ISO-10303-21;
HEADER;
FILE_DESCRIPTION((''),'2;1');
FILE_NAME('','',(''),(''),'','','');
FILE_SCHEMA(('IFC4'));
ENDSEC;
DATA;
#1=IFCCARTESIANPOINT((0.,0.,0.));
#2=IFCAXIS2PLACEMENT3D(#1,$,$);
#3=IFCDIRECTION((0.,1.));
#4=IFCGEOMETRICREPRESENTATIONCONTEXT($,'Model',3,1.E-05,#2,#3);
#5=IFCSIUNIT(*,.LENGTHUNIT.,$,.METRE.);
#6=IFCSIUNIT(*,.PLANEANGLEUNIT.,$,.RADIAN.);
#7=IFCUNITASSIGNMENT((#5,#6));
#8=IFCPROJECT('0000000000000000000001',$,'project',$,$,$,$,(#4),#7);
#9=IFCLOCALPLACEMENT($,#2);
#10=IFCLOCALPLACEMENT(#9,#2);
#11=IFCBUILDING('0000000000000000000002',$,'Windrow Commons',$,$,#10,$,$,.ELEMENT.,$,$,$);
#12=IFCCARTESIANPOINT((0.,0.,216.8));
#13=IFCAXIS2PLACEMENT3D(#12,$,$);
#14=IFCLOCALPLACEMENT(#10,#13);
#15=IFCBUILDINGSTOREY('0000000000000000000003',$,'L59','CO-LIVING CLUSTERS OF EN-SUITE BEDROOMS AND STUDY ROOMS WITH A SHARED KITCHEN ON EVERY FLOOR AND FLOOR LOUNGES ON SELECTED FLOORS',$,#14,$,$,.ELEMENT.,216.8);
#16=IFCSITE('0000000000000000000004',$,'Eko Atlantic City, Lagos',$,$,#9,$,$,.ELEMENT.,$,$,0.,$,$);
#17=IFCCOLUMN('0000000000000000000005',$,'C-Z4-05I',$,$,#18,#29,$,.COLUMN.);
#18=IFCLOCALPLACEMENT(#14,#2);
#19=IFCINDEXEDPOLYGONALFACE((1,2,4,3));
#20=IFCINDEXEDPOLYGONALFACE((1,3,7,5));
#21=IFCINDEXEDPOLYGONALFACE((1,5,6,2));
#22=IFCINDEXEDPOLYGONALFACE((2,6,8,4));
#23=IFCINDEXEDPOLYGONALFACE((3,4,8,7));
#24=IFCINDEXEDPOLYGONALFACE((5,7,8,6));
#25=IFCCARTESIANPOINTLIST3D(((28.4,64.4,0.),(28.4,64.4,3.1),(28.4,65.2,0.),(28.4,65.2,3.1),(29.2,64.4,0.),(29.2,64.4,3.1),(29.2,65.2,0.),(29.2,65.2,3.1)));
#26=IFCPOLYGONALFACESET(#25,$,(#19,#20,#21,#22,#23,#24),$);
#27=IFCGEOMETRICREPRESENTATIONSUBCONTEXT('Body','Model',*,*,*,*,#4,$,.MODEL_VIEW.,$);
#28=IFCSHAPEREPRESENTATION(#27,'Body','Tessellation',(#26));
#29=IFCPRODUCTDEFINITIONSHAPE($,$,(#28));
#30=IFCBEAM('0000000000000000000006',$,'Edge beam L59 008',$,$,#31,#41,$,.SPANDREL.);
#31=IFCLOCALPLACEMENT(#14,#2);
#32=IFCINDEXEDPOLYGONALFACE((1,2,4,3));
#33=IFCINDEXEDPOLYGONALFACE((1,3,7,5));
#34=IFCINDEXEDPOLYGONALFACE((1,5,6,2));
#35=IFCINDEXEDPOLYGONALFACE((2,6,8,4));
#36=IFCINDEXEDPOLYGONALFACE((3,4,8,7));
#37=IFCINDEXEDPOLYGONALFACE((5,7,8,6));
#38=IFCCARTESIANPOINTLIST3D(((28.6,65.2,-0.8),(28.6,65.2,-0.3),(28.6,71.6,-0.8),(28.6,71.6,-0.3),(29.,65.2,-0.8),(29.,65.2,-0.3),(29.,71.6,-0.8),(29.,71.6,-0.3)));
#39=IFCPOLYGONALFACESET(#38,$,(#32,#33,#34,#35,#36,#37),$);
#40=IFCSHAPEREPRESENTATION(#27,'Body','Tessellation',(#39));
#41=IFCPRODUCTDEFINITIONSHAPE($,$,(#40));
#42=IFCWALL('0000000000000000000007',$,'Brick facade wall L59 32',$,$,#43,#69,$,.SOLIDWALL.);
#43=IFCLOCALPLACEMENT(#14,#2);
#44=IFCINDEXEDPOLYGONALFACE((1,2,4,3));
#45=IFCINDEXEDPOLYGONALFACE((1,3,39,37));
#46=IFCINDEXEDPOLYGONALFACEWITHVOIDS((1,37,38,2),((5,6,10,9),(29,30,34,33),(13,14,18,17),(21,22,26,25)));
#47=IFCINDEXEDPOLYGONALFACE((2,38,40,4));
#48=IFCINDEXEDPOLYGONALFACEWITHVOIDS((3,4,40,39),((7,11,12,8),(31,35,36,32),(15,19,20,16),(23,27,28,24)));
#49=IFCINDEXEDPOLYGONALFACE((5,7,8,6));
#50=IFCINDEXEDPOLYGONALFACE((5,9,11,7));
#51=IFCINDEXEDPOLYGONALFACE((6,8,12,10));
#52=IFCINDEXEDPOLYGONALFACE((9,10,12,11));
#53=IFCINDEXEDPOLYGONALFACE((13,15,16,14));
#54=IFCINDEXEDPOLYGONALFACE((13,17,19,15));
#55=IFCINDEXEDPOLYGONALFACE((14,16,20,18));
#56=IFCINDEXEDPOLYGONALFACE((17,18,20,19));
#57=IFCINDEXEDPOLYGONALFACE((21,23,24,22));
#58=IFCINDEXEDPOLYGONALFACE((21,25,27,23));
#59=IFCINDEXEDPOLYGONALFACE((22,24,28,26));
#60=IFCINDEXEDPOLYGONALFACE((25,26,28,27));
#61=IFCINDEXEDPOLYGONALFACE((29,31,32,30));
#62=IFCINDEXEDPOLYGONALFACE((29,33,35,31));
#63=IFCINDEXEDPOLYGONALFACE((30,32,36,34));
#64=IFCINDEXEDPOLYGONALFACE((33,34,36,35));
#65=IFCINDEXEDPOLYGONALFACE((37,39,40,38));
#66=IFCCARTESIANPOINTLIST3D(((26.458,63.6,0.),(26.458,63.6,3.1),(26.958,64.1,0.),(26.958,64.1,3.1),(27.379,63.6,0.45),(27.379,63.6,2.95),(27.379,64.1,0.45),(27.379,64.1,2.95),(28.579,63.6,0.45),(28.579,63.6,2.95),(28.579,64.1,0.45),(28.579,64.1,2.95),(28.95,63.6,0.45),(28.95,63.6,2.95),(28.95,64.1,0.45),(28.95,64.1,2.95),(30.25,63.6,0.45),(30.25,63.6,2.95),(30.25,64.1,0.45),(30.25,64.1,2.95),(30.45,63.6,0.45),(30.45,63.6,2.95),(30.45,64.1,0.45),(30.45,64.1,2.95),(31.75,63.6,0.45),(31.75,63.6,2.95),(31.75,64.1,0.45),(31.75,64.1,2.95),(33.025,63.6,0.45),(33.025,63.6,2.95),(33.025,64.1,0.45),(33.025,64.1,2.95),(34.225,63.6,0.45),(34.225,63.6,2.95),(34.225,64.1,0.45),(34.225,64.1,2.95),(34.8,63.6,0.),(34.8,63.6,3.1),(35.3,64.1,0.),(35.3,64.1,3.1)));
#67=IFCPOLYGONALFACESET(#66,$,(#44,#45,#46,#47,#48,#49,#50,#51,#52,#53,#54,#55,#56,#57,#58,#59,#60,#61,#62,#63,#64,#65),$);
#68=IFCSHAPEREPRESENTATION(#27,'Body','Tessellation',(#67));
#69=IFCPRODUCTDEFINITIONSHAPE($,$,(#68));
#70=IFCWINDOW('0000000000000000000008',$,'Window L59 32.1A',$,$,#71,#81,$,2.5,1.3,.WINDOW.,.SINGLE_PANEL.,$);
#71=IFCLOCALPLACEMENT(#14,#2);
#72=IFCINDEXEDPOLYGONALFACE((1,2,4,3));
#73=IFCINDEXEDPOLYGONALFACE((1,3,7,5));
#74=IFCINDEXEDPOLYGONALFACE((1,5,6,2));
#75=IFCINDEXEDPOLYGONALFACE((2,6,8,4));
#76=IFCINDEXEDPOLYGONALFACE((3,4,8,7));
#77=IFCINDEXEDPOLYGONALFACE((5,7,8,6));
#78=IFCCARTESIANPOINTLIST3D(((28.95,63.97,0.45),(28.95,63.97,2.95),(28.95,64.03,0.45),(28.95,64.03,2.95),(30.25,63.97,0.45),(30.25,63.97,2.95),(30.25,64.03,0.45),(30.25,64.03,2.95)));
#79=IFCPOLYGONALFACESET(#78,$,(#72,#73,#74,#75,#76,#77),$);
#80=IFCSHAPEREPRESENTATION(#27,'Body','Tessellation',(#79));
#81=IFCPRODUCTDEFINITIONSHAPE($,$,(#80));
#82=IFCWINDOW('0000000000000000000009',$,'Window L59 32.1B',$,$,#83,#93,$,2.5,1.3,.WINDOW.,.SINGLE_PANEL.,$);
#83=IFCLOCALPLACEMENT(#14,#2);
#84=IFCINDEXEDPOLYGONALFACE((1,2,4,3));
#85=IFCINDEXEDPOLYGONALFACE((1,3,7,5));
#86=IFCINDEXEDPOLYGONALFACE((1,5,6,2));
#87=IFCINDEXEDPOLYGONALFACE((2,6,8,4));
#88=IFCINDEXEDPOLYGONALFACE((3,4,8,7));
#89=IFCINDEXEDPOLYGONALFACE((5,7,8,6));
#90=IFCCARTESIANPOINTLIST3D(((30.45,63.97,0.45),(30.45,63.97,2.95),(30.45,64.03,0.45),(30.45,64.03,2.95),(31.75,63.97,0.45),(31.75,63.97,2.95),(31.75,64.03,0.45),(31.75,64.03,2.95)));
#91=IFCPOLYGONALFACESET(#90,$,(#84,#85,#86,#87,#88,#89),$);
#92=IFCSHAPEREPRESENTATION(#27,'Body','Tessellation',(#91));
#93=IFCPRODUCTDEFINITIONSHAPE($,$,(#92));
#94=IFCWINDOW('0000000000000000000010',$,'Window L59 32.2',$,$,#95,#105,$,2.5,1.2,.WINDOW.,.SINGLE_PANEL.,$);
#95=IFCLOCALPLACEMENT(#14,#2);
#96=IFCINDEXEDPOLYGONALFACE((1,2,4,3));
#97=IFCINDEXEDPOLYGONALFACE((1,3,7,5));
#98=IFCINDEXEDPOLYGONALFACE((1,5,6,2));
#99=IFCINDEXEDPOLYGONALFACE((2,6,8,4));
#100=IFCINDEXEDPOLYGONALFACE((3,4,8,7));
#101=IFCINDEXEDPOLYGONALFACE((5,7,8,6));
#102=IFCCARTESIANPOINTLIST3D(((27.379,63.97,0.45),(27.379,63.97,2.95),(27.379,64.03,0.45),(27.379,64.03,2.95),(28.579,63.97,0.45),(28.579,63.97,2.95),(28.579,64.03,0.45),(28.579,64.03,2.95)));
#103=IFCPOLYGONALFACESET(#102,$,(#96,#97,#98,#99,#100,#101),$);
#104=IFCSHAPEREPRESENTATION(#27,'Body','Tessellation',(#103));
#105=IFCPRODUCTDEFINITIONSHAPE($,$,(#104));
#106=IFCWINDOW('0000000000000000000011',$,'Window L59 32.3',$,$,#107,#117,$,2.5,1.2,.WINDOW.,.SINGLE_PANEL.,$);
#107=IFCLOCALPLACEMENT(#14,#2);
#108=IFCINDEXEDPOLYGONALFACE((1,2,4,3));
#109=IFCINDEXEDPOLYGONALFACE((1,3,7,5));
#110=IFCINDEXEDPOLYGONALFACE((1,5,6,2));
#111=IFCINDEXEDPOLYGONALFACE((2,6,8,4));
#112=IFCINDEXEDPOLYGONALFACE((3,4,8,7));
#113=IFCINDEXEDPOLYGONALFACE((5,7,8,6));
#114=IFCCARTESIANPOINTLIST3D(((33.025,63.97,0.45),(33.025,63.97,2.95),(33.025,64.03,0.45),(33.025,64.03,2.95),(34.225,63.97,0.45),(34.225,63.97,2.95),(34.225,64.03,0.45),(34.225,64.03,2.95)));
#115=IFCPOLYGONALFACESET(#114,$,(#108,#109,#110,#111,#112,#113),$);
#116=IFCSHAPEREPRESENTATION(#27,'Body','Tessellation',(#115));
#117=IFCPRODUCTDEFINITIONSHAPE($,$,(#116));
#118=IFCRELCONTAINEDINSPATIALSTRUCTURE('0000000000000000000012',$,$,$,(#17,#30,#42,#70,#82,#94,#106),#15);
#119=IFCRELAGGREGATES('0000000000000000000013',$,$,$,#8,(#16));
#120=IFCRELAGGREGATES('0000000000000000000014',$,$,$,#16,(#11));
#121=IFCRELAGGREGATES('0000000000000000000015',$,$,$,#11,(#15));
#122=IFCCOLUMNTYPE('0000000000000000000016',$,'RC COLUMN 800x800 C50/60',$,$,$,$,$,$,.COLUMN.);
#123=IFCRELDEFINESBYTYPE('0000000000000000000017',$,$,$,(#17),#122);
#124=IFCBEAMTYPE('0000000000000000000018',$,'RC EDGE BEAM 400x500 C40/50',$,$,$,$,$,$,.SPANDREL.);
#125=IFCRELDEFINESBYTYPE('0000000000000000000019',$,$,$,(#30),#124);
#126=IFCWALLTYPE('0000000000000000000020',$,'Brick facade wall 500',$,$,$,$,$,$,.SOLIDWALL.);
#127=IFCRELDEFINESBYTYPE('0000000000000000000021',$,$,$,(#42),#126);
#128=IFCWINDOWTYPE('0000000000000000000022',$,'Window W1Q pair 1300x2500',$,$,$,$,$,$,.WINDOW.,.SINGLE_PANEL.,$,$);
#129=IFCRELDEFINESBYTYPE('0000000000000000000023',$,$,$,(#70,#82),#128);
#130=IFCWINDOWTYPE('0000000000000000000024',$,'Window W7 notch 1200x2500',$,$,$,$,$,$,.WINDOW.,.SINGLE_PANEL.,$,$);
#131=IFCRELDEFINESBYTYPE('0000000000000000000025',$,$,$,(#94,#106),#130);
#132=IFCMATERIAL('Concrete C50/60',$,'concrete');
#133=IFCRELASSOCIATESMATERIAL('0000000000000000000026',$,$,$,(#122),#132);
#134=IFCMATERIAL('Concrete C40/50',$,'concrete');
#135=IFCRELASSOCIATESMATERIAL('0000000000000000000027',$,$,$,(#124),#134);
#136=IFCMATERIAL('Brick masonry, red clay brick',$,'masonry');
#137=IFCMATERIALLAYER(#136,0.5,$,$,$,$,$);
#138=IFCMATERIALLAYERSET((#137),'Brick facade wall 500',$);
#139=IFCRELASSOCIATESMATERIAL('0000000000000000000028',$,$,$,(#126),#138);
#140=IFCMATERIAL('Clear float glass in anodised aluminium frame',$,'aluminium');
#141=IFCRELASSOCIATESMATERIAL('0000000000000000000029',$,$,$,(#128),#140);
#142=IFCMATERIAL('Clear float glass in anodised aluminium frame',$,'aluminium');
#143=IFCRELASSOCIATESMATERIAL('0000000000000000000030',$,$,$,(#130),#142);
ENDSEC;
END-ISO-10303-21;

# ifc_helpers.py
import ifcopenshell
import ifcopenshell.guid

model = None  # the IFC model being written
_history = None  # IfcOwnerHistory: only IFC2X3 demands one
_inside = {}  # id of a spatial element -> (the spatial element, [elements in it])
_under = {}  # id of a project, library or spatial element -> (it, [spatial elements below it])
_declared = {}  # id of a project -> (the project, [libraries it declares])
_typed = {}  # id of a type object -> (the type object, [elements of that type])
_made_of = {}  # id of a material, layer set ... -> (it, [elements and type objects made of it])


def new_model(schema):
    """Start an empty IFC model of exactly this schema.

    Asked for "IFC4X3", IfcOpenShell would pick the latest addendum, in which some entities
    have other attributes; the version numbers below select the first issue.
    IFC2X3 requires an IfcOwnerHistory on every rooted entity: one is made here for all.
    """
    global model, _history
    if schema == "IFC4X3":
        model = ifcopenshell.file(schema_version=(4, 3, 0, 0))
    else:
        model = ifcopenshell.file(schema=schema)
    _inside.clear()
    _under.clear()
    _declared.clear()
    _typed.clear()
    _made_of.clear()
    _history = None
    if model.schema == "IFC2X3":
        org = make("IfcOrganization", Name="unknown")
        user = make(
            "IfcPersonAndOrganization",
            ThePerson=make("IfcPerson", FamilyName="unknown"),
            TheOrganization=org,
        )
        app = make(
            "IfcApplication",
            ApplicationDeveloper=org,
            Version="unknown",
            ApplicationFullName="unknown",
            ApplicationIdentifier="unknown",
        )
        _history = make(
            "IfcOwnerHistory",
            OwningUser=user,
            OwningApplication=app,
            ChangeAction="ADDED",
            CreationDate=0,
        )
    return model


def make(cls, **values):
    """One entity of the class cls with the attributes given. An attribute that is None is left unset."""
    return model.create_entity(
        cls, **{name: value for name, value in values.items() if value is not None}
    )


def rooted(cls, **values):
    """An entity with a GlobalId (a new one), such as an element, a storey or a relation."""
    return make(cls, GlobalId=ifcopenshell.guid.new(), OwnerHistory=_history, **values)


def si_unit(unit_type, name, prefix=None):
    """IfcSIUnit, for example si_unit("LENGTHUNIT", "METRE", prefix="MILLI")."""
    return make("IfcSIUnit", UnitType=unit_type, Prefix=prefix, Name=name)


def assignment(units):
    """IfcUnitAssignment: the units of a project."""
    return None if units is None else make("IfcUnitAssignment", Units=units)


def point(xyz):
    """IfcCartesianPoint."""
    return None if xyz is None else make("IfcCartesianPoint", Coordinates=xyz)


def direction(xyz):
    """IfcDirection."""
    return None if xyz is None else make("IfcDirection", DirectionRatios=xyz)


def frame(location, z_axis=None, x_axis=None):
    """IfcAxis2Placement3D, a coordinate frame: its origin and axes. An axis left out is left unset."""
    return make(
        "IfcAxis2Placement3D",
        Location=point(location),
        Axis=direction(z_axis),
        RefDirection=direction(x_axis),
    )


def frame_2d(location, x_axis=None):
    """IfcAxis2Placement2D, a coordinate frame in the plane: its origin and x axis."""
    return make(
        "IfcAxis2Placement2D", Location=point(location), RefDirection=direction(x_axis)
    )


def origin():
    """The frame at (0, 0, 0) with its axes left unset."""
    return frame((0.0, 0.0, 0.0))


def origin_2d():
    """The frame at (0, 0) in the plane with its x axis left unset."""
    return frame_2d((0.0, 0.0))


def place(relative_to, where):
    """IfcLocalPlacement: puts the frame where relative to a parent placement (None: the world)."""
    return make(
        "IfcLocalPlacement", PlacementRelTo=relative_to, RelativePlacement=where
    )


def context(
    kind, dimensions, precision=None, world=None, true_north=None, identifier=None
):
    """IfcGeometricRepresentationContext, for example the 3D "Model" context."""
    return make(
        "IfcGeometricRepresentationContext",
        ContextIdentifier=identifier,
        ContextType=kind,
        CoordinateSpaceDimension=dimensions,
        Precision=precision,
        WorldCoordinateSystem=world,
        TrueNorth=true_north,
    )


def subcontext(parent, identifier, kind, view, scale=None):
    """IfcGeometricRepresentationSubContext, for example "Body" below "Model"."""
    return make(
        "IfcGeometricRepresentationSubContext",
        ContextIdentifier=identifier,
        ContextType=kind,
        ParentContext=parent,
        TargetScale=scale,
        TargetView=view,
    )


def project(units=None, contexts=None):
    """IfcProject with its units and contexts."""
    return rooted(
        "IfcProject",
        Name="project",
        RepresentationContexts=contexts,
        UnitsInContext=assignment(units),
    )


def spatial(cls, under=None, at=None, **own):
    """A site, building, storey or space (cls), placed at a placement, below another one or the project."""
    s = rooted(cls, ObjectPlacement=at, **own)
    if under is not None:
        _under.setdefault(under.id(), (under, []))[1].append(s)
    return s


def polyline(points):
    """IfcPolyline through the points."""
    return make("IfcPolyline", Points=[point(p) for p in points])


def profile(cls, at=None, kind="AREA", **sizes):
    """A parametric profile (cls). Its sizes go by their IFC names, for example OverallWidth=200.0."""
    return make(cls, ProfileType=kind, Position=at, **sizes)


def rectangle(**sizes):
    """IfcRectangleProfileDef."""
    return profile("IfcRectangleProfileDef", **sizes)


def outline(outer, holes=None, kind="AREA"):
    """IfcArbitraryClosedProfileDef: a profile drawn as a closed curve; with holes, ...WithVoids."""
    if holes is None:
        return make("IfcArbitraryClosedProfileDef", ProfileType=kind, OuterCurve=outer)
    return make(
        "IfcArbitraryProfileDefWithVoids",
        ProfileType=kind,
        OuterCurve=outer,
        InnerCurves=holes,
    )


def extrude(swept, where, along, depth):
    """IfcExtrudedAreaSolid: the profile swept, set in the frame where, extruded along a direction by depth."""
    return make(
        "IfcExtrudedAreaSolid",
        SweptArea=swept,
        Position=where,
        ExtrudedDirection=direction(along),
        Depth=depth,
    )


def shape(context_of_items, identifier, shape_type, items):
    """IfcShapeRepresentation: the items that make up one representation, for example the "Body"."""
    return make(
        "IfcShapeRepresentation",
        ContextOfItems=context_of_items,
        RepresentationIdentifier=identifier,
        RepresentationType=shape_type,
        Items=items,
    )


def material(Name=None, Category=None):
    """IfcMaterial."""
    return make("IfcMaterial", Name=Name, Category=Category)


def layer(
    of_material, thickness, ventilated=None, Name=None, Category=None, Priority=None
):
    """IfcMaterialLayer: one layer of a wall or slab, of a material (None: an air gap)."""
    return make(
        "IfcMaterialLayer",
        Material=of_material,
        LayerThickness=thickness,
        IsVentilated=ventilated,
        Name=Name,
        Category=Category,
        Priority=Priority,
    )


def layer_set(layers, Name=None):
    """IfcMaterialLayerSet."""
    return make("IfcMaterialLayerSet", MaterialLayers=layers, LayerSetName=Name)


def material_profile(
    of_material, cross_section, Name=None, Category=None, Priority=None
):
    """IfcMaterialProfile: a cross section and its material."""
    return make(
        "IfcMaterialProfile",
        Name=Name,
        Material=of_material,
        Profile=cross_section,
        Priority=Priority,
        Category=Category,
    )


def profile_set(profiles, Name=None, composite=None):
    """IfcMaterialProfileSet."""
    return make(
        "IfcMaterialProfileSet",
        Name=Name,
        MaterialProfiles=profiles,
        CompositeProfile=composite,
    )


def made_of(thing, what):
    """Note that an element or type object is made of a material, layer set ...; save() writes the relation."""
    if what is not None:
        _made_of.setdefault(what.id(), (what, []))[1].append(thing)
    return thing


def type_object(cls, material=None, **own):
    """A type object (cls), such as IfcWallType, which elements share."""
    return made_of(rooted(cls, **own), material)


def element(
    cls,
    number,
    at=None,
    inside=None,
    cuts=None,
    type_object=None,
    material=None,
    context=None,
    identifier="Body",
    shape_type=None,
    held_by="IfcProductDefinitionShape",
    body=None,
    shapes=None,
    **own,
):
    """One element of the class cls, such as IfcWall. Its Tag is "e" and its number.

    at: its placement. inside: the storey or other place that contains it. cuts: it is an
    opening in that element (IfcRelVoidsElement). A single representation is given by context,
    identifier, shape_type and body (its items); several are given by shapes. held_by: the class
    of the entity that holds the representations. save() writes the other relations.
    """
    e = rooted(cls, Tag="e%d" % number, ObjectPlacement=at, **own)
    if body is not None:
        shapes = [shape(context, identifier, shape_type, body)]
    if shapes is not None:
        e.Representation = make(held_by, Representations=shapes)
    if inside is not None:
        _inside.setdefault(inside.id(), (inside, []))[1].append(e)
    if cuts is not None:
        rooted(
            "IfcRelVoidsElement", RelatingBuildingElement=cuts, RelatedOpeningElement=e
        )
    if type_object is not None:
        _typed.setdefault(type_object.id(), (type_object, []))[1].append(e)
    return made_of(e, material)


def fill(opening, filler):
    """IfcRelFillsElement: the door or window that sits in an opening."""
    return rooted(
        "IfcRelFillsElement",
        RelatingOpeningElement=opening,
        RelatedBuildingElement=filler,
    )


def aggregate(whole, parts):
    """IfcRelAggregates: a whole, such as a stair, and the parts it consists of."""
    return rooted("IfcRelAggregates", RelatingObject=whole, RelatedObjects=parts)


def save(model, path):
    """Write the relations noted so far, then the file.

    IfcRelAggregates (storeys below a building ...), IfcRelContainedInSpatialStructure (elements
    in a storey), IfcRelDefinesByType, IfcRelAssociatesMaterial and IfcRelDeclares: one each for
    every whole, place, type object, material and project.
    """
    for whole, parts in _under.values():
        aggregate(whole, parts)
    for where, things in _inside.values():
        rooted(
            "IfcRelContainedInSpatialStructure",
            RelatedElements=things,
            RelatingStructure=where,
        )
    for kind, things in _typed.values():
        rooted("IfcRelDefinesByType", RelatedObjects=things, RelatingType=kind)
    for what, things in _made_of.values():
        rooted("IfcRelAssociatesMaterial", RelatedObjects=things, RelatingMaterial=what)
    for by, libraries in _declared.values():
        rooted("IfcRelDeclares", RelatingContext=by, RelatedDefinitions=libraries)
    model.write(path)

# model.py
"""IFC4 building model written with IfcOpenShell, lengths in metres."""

from ifc_helpers import new_model, si_unit, direction, frame, frame_2d, origin, origin_2d, place, context, subcontext, project, spatial, polyline, rectangle, outline, extrude, material, layer, layer_set, material_profile, profile_set, type_object, element, fill, save


model = new_model("IFC4")

# Units and contexts
model_context = context("Model", 3, precision=1e-05, world=origin(), true_north=direction((0.0, 1.0)))
body_context = subcontext(model_context, "Body", "Model", "MODEL_VIEW")
ifc_project = project(units=[si_unit("LENGTHUNIT", "METRE"), si_unit("PLANEANGLEUNIT", "RADIAN")], contexts=[model_context])

# Site, building, storey
site_placement = place(None, origin())
site = spatial("IfcSite", under=ifc_project, at=site_placement, Name="Eko Atlantic City, Lagos", CompositionType="ELEMENT", RefElevation=0.0)
building_placement = place(site_placement, origin())
building = spatial("IfcBuilding", under=site, at=building_placement, Name="Windrow Commons", CompositionType="ELEMENT")
storey_placement = place(building_placement, frame((0.0, 0.0, 216.8)))
storey = spatial("IfcBuildingStorey", under=building, at=storey_placement, Name="L59", Description="CO-LIVING CLUSTERS OF EN-SUITE BEDROOMS AND STUDY ROOMS WITH A SHARED KITCHEN ON EVERY FLOOR AND FLOOR LOUNGES ON SELECTED FLOORS", CompositionType="ELEMENT", Elevation=216.8)

# Column
ifc_material_1 = material(Name="Concrete C50/60", Category="concrete")
ifc_material_profile_1 = material_profile(ifc_material_1, rectangle(XDim=0.8, YDim=0.8, at=origin_2d()))
ifc_profile_set_1 = profile_set([ifc_material_profile_1], Name="Concrete C50/60")
column_type = type_object("IfcColumnType", Name="RC COLUMN 800x800 C50/60", PredefinedType="COLUMN", material=ifc_profile_set_1)
column_placement = place(storey_placement, frame((28.8, 64.8, 0.0), z_axis=(0.0, 0.0, 1.0), x_axis=(1.0, 0.0, 0.0)))
element("IfcColumn", 1, at=column_placement, inside=storey, type_object=column_type, Name="C-Z4-05I", PredefinedType="COLUMN", context=body_context, shape_type="SweptSolid", body=[
    extrude(rectangle(XDim=0.8, YDim=0.8, at=origin_2d()), origin(), (0.0, 0.0, 1.0), 3.1),
])

# Beam
ifc_material_2 = material(Name="Concrete C40/50", Category="concrete")
ifc_material_profile_2 = material_profile(ifc_material_2, rectangle(XDim=0.4, YDim=0.5, at=origin_2d()))
ifc_profile_set_2 = profile_set([ifc_material_profile_2], Name="Concrete C40/50")
beam_type = type_object("IfcBeamType", Name="RC EDGE BEAM 400x500 C40/50", PredefinedType="SPANDREL", material=ifc_profile_set_2)
beam_placement = place(storey_placement, frame((28.8, 65.2, -0.55), z_axis=(0.0, 1.0, 0.0), x_axis=(-1.0, 0.0, 0.0)))
element("IfcBeam", 2, at=beam_placement, inside=storey, type_object=beam_type, Name="Edge beam L59 008", PredefinedType="SPANDREL", context=body_context, shape_type="SweptSolid", body=[
    extrude(rectangle(XDim=0.4, YDim=0.5, at=origin_2d()), origin(), (0.0, 0.0, 1.0), 6.4),
])

# Wall, openings, windows
ifc_material_3 = material(Name="Brick masonry, red clay brick", Category="masonry")
ifc_layer_1 = layer(ifc_material_3, 0.5)
ifc_layer_set_1 = layer_set([ifc_layer_1], Name="Brick facade wall 500")
wall_type_1 = type_object("IfcWallType", Name="Brick facade wall 500", PredefinedType="SOLIDWALL", material=ifc_layer_set_1)
wall_1_placement = place(storey_placement, frame((26.708, 63.85, 0.0), z_axis=(0.0, 0.0, 1.0), x_axis=(1.0, 0.0, 0.0)))
wall_1 = element("IfcWall", 3, at=wall_1_placement, inside=storey, type_object=wall_type_1, Name="Brick facade wall L59 32", PredefinedType="SOLIDWALL", context=body_context, shape_type="SweptSolid", body=[
    extrude(outline(polyline([(-0.25, -0.25), (8.092, -0.25), (8.592, 0.25), (0.25, 0.25), (-0.25, -0.25)])), origin(), (0.0, 0.0, 1.0), 3.1),
])
opening_1_placement = place(wall_1_placement, frame((2.242, 0.0, 0.45)))
opening_1 = element("IfcOpeningElement", 4, at=opening_1_placement, cuts=wall_1, PredefinedType="OPENING", context=body_context, shape_type="SweptSolid", body=[
    extrude(rectangle(XDim=1.3, YDim=2.5, at=frame_2d((0.65, 1.25))), frame((0.0, 0.26, 0.0), z_axis=(0.0, -1.0, 0.0), x_axis=(1.0, 0.0, 0.0)), (0.0, 0.0, 1.0), 0.52),
])
opening_2_placement = place(wall_1_placement, frame((3.742, 0.0, 0.45)))
opening_2 = element("IfcOpeningElement", 5, at=opening_2_placement, cuts=wall_1, PredefinedType="OPENING", context=body_context, shape_type="SweptSolid", body=[
    extrude(rectangle(XDim=1.3, YDim=2.5, at=frame_2d((0.65, 1.25))), frame((0.0, 0.26, 0.0), z_axis=(0.0, -1.0, 0.0), x_axis=(1.0, 0.0, 0.0)), (0.0, 0.0, 1.0), 0.52),
])
opening_3_placement = place(wall_1_placement, frame((0.671, 0.0, 0.45)))
opening_3 = element("IfcOpeningElement", 6, at=opening_3_placement, cuts=wall_1, PredefinedType="OPENING", context=body_context, shape_type="SweptSolid", body=[
    extrude(rectangle(XDim=1.2, YDim=2.5, at=frame_2d((0.6, 1.25))), frame((0.0, 0.26, 0.0), z_axis=(0.0, -1.0, 0.0), x_axis=(1.0, 0.0, 0.0)), (0.0, 0.0, 1.0), 0.52),
])
opening_4_placement = place(wall_1_placement, frame((6.317, 0.0, 0.45)))
opening_4 = element("IfcOpeningElement", 7, at=opening_4_placement, cuts=wall_1, PredefinedType="OPENING", context=body_context, shape_type="SweptSolid", body=[
    extrude(rectangle(XDim=1.2, YDim=2.5, at=frame_2d((0.6, 1.25))), frame((0.0, 0.26, 0.0), z_axis=(0.0, -1.0, 0.0), x_axis=(1.0, 0.0, 0.0)), (0.0, 0.0, 1.0), 0.52),
])
ifc_material_4 = material(Name="Clear float glass in anodised aluminium frame", Category="aluminium")
window_type_1 = type_object("IfcWindowType", Name="Window W1Q pair 1300x2500", PartitioningType="SINGLE_PANEL", PredefinedType="WINDOW", material=ifc_material_4)
window_1_placement = place(opening_1_placement, origin())
window_1 = element("IfcWindow", 8, at=window_1_placement, inside=storey, type_object=window_type_1, Name="Window L59 32.1A", OverallHeight=2.5, OverallWidth=1.3, PartitioningType="SINGLE_PANEL", PredefinedType="WINDOW", context=body_context, shape_type="SweptSolid", body=[
    extrude(rectangle(XDim=1.3, YDim=2.5, at=frame_2d((0.65, 1.25))), frame((0.0, 0.18, 0.0), z_axis=(0.0, -1.0, 0.0), x_axis=(1.0, 0.0, 0.0)), (0.0, 0.0, 1.0), 0.06),
])
fill(opening_1, window_1)
window_2_placement = place(opening_2_placement, origin())
window_2 = element("IfcWindow", 9, at=window_2_placement, inside=storey, type_object=window_type_1, Name="Window L59 32.1B", OverallHeight=2.5, OverallWidth=1.3, PartitioningType="SINGLE_PANEL", PredefinedType="WINDOW", context=body_context, shape_type="SweptSolid", body=[
    extrude(rectangle(XDim=1.3, YDim=2.5, at=frame_2d((0.65, 1.25))), frame((0.0, 0.18, 0.0), z_axis=(0.0, -1.0, 0.0), x_axis=(1.0, 0.0, 0.0)), (0.0, 0.0, 1.0), 0.06),
])
fill(opening_2, window_2)
ifc_material_5 = material(Name="Clear float glass in anodised aluminium frame", Category="aluminium")
window_type_2 = type_object("IfcWindowType", Name="Window W7 notch 1200x2500", PartitioningType="SINGLE_PANEL", PredefinedType="WINDOW", material=ifc_material_5)
window_3_placement = place(opening_3_placement, origin())
window_3 = element("IfcWindow", 10, at=window_3_placement, inside=storey, type_object=window_type_2, Name="Window L59 32.2", OverallHeight=2.5, OverallWidth=1.2, PartitioningType="SINGLE_PANEL", PredefinedType="WINDOW", context=body_context, shape_type="SweptSolid", body=[
    extrude(rectangle(XDim=1.2, YDim=2.5, at=frame_2d((0.6, 1.25))), frame((0.0, 0.18, 0.0), z_axis=(0.0, -1.0, 0.0), x_axis=(1.0, 0.0, 0.0)), (0.0, 0.0, 1.0), 0.06),
])
fill(opening_3, window_3)
window_4_placement = place(opening_4_placement, origin())
window_4 = element("IfcWindow", 11, at=window_4_placement, inside=storey, type_object=window_type_2, Name="Window L59 32.3", OverallHeight=2.5, OverallWidth=1.2, PartitioningType="SINGLE_PANEL", PredefinedType="WINDOW", context=body_context, shape_type="SweptSolid", body=[
    extrude(rectangle(XDim=1.2, YDim=2.5, at=frame_2d((0.6, 1.25))), frame((0.0, 0.18, 0.0), z_axis=(0.0, -1.0, 0.0), x_axis=(1.0, 0.0, 0.0)), (0.0, 0.0, 1.0), 0.06),
])
fill(opening_4, window_4)

save(model, "model.ifc")
